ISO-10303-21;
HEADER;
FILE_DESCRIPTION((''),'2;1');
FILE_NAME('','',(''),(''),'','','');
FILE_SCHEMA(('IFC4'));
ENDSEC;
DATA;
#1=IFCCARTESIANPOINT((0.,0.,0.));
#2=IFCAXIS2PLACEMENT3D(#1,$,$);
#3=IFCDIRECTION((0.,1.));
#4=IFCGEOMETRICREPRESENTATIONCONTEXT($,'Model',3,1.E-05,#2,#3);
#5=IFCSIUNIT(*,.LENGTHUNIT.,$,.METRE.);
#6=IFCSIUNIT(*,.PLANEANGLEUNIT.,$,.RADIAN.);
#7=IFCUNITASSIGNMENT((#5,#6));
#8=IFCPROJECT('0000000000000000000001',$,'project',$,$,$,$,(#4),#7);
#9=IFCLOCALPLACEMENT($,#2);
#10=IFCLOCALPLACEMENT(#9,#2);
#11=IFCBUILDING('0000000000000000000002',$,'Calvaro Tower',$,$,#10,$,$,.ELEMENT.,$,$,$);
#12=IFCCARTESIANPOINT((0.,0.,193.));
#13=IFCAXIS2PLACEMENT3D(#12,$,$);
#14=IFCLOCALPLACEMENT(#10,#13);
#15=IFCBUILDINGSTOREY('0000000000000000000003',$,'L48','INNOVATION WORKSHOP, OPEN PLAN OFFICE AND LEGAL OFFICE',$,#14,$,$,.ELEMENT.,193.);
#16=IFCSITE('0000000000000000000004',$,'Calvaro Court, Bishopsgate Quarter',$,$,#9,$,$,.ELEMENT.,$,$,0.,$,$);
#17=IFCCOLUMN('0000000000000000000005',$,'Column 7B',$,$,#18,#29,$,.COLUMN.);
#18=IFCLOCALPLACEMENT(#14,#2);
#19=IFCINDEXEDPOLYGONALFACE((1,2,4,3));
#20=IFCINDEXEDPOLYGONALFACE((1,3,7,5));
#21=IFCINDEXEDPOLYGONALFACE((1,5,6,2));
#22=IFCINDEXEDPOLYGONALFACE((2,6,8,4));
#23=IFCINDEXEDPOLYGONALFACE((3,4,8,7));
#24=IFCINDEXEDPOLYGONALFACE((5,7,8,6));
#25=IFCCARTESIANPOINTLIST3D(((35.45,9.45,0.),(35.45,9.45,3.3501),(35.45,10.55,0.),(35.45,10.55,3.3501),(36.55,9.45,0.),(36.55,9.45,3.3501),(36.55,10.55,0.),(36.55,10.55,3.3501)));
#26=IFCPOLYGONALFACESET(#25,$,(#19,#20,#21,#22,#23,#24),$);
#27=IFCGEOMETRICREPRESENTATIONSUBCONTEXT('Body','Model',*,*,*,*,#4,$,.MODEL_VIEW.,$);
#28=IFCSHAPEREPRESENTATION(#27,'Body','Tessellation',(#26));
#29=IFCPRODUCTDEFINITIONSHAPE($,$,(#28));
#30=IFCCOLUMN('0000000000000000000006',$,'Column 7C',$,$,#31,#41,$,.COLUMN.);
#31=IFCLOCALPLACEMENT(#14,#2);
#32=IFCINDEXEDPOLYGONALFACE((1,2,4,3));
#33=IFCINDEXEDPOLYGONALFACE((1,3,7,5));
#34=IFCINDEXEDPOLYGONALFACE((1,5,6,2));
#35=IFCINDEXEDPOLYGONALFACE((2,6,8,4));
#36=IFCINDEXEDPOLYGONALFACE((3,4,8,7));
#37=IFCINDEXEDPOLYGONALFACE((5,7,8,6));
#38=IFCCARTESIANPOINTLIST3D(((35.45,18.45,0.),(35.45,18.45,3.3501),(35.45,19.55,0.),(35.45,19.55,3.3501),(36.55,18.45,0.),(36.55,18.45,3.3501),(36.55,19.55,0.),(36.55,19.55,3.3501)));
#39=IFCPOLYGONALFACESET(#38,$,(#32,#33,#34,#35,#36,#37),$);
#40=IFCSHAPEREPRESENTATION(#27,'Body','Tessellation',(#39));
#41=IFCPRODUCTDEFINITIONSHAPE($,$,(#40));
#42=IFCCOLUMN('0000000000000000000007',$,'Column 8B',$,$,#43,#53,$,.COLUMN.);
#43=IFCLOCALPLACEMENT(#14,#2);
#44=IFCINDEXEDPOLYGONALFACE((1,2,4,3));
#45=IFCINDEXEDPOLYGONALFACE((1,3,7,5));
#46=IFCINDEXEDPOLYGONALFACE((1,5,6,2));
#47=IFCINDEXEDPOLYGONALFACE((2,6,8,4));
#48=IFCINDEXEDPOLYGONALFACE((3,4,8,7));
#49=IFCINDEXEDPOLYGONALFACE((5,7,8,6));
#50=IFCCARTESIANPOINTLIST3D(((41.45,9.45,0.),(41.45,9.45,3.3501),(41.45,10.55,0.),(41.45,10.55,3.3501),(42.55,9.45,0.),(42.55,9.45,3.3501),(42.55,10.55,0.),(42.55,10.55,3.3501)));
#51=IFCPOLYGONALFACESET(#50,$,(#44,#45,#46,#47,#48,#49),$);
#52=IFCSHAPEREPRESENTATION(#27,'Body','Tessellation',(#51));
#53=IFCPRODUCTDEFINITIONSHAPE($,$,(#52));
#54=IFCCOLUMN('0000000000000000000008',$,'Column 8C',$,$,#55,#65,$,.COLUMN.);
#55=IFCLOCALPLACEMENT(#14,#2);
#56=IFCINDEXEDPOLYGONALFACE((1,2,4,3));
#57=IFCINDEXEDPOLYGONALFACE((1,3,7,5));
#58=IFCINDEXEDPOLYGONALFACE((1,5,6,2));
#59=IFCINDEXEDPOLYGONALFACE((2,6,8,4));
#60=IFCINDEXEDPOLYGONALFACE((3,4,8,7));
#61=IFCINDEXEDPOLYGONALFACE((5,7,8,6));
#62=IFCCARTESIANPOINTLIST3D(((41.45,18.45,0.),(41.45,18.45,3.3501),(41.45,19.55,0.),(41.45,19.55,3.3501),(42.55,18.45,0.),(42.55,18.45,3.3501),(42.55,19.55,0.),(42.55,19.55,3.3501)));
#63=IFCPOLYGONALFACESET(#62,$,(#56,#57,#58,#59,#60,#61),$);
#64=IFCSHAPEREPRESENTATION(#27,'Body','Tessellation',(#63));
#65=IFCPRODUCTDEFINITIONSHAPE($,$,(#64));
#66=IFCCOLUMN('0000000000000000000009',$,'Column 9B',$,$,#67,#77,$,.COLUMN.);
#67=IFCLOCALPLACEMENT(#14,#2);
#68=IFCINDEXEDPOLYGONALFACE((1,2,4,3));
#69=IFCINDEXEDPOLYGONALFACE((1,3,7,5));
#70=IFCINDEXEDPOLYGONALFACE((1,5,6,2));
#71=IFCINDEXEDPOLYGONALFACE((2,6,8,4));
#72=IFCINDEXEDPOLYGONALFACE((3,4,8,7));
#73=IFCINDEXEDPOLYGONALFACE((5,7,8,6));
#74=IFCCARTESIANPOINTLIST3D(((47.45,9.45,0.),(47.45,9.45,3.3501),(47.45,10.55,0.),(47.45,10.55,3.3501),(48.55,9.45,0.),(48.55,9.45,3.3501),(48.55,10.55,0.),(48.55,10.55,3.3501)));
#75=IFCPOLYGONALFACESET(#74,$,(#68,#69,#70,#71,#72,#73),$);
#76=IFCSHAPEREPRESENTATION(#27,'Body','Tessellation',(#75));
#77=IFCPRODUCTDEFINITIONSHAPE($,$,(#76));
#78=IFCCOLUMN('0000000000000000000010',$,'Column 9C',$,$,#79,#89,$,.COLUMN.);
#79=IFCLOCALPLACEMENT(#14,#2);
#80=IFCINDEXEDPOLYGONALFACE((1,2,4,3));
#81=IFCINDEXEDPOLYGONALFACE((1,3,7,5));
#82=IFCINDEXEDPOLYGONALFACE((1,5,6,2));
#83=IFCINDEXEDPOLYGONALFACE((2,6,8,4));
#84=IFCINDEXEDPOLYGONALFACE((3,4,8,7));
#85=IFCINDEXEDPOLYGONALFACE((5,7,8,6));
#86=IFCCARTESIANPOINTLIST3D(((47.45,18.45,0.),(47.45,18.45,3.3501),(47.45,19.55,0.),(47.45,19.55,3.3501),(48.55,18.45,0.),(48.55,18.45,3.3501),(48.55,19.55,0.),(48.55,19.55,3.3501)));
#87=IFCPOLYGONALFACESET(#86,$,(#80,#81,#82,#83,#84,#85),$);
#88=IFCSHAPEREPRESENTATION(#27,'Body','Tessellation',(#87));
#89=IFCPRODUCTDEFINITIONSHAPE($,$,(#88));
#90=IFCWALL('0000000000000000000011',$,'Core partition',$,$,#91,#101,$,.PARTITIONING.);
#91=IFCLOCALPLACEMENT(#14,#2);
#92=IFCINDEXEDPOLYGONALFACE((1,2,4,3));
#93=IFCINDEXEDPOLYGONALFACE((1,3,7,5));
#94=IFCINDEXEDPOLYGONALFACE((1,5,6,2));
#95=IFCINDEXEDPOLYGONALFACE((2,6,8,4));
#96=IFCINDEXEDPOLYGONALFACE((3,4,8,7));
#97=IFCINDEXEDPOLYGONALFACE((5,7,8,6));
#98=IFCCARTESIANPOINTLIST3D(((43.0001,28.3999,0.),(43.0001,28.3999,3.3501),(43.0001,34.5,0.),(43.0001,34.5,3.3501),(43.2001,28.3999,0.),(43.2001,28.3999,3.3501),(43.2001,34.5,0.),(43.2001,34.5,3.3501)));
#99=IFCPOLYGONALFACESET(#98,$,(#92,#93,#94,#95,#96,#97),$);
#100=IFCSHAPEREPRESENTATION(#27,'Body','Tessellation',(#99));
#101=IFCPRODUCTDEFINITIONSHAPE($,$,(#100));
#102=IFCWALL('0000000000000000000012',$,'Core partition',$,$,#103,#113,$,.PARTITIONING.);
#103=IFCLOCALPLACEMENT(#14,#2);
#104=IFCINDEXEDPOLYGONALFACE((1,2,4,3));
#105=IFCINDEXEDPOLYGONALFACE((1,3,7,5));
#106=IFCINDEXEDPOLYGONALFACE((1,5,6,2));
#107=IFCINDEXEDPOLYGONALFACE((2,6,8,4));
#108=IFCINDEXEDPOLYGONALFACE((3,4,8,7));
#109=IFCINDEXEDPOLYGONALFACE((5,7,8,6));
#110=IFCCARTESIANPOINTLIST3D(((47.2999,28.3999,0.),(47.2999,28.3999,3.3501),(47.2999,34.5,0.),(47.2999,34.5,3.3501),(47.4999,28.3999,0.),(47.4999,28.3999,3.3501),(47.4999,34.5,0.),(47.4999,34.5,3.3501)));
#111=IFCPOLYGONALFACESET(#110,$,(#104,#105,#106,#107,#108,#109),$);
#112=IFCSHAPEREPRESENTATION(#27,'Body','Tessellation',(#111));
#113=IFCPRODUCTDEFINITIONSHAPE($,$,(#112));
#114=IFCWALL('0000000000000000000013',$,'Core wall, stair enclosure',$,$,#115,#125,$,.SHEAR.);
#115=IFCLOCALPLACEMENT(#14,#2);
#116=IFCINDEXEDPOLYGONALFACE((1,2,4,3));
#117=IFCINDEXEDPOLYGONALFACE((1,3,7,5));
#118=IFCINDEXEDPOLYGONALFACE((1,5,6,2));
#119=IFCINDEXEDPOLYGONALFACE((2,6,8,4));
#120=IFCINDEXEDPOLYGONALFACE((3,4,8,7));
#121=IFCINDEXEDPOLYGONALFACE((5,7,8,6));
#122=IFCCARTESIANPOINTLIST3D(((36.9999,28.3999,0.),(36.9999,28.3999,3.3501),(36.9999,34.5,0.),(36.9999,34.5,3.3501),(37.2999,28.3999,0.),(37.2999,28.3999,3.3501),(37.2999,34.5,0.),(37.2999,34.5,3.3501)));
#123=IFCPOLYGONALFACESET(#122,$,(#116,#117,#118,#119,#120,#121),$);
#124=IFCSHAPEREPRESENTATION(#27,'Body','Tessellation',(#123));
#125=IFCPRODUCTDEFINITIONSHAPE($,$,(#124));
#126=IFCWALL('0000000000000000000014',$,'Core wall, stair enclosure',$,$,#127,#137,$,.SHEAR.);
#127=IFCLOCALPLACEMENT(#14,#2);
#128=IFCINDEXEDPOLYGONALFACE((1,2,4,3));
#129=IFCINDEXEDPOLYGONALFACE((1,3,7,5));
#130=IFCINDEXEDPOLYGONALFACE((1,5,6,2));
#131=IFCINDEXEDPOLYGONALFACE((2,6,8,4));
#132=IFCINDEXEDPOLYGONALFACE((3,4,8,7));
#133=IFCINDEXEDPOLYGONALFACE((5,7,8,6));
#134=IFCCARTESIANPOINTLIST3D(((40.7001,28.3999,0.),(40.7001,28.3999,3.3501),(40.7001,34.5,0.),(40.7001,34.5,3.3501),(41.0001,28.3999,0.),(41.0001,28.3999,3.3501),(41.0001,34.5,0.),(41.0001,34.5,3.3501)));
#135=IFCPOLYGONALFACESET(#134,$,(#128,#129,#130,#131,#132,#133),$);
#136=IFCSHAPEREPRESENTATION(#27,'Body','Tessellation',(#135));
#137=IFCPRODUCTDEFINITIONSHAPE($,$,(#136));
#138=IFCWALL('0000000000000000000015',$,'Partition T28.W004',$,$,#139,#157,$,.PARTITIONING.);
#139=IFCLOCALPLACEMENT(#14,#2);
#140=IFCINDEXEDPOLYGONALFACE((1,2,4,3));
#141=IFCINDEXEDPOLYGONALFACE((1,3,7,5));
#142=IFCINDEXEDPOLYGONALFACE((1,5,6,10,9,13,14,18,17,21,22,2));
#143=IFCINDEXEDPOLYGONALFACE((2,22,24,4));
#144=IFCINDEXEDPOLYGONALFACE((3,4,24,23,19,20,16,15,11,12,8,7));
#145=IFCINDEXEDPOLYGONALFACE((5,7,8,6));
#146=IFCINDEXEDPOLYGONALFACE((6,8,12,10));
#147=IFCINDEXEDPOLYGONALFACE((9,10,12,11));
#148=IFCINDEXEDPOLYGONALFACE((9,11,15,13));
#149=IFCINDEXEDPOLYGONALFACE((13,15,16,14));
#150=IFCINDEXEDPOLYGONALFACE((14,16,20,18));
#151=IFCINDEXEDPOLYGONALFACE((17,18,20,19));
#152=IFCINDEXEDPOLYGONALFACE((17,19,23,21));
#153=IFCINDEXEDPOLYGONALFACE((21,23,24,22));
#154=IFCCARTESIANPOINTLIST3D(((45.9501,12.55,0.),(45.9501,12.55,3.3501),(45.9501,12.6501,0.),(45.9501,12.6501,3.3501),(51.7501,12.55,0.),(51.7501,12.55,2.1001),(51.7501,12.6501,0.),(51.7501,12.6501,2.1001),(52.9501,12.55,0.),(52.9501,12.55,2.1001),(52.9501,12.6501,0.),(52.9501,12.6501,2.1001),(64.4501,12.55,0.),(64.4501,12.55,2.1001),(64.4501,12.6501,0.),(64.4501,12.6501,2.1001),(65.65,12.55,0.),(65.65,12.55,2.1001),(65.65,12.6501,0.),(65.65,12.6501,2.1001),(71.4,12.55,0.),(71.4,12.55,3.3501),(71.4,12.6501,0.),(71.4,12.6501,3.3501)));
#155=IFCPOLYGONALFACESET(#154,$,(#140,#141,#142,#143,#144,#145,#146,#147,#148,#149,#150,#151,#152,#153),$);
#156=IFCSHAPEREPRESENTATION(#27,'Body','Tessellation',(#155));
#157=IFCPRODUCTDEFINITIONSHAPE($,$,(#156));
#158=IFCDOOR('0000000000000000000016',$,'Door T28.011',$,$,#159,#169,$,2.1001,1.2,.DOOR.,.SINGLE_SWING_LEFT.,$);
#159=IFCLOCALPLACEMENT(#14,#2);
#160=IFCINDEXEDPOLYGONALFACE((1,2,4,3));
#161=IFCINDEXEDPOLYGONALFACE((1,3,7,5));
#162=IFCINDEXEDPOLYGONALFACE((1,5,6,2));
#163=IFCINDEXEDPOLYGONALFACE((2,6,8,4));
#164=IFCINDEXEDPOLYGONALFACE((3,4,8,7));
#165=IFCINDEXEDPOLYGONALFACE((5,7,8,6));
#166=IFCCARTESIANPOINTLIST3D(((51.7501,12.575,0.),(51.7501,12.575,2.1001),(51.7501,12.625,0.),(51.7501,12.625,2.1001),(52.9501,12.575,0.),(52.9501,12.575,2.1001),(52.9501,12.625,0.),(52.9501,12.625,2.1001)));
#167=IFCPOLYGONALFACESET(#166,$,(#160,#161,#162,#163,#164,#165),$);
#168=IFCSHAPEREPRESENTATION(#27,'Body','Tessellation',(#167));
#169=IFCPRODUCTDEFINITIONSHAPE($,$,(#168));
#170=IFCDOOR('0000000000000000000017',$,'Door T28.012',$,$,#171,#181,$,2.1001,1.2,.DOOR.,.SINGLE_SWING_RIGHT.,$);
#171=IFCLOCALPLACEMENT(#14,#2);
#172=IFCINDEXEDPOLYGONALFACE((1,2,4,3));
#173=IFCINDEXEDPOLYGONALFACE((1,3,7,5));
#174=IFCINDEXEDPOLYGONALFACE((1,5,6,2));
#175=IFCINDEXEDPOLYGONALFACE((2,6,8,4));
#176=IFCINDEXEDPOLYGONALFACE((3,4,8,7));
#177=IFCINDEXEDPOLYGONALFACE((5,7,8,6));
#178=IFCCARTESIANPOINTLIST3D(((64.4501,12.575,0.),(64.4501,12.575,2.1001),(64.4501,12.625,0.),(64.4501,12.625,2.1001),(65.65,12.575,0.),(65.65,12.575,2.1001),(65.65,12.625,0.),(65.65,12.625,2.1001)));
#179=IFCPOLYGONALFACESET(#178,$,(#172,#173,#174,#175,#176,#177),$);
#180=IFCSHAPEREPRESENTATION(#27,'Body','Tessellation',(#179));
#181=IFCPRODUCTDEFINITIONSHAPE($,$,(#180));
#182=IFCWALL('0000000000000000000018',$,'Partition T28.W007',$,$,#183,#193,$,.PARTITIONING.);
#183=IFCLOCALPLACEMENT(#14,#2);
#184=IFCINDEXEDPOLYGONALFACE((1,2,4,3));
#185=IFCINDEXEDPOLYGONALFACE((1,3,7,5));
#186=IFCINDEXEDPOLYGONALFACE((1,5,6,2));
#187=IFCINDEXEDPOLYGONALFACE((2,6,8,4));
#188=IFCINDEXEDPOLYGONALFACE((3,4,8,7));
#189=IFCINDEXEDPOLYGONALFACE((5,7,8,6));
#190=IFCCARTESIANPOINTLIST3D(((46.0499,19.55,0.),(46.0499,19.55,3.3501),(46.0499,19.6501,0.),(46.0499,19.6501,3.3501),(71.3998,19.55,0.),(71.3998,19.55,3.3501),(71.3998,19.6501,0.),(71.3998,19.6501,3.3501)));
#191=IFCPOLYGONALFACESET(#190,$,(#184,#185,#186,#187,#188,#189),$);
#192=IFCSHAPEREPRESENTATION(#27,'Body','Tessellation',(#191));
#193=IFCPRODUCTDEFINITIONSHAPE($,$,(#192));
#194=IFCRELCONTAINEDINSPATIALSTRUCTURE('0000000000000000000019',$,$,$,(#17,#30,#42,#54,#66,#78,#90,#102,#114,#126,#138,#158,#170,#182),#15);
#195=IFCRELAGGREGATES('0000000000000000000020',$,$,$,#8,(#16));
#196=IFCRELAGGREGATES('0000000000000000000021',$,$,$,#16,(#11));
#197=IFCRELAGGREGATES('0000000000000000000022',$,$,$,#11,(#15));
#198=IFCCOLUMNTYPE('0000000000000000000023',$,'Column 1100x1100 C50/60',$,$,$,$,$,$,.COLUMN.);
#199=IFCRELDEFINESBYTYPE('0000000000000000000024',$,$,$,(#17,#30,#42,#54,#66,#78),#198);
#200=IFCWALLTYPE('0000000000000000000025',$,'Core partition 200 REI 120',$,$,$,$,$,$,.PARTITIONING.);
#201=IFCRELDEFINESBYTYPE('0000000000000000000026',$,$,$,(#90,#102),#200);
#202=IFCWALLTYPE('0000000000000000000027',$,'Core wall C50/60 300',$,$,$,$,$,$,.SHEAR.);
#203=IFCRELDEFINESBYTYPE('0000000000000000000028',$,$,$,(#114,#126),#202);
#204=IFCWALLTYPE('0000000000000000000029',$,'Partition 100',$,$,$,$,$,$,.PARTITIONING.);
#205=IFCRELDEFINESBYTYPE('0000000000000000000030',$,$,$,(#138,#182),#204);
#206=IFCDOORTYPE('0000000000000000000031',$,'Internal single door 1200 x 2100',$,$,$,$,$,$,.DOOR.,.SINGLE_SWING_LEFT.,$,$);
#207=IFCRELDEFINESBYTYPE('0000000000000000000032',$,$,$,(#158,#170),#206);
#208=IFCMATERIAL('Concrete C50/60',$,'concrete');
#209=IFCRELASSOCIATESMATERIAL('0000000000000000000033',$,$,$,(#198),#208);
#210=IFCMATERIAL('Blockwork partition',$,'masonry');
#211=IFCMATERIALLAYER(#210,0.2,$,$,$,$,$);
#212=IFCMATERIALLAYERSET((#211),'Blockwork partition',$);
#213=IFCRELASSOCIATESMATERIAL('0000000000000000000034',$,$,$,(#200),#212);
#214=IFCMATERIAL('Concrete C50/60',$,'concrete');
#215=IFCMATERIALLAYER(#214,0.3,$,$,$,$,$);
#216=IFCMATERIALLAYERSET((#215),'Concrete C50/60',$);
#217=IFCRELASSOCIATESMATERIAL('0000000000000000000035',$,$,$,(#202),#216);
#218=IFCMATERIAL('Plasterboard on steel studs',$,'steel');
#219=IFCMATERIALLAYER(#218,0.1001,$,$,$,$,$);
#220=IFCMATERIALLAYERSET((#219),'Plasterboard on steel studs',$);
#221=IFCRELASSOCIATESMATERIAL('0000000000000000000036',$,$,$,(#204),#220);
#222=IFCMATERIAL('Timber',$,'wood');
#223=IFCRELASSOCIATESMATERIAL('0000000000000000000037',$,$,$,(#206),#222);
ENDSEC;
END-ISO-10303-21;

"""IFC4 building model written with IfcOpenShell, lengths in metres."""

from ifc_helpers import new_model, si_unit, direction, frame, frame_2d, origin, origin_2d, place, context, subcontext, project, spatial, rectangle, extrude, material, layer, layer_set, material_profile, profile_set, type_object, element, fill, save


model = new_model("IFC4")

# Units and contexts
model_context = context("Model", 3, precision=1e-05, world=origin(), true_north=direction((0.0, 1.0)))
body_context = subcontext(model_context, "Body", "Model", "MODEL_VIEW")
ifc_project = project(units=[si_unit("LENGTHUNIT", "METRE"), si_unit("PLANEANGLEUNIT", "RADIAN")], contexts=[model_context])

# Site, building, storey
site_placement = place(None, origin())
site = spatial("IfcSite", under=ifc_project, at=site_placement, Name="Calvaro Court, Bishopsgate Quarter", CompositionType="ELEMENT", RefElevation=0.0)
building_placement = place(site_placement, origin())
building = spatial("IfcBuilding", under=site, at=building_placement, Name="Calvaro Tower", CompositionType="ELEMENT")
storey_placement = place(building_placement, frame((0.0, 0.0, 193.0)))
storey = spatial("IfcBuildingStorey", under=building, at=storey_placement, Name="L48", Description="INNOVATION WORKSHOP, OPEN PLAN OFFICE AND LEGAL OFFICE", CompositionType="ELEMENT", Elevation=193.0)

# Columns
ifc_material_1 = material(Name="Concrete C50/60", Category="concrete")
ifc_material_profile = material_profile(ifc_material_1, rectangle(XDim=1.1001, YDim=1.1001, at=origin_2d()), Name="RC 1100x1100")
ifc_profile_set = profile_set([ifc_material_profile], Name="Concrete C50/60")
column_type = type_object("IfcColumnType", Name="Column 1100x1100 C50/60", PredefinedType="COLUMN", material=ifc_profile_set)
for number, where, z_axis, x_axis, name in (
    (1, (36.0, 10.0, 0.0), (0.0, 0.0, 1.0), (1.0, 0.0, 0.0), "Column 7B"),
    (2, (36.0, 19.0, 0.0), (0.0, 0.0, 1.0), (1.0, 0.0, 0.0), "Column 7C"),
    (3, (42.0, 10.0, 0.0), (0.0, 0.0, 1.0), (1.0, 0.0, 0.0), "Column 8B"),
    (4, (42.0, 19.0, 0.0), (0.0, 0.0, 1.0), (1.0, 0.0, 0.0), "Column 8C"),
    (5, (48.0, 10.0, 0.0), (0.0, 0.0, 1.0), (1.0, 0.0, 0.0), "Column 9B"),
    (6, (48.0, 19.0, 0.0), (0.0, 0.0, 1.0), (1.0, 0.0, 0.0), "Column 9C"),
):
    element("IfcColumn", number, at=place(storey_placement, frame(where, z_axis=z_axis, x_axis=x_axis)), inside=storey, type_object=column_type, Name=name, PredefinedType="COLUMN", context=body_context, shape_type="SweptSolid", body=[
        extrude(rectangle(XDim=1.1001, YDim=1.1001, at=origin_2d()), origin(), (0.0, 0.0, 1.0), 3.3501),
    ])

# Walls
ifc_material_2 = material(Name="Blockwork partition", Category="masonry")
ifc_layer_1 = layer(ifc_material_2, 0.2)
ifc_layer_set_1 = layer_set([ifc_layer_1], Name="Blockwork partition")
wall_type_1 = type_object("IfcWallType", Name="Core partition 200 REI 120", PredefinedType="PARTITIONING", material=ifc_layer_set_1)
for number, where, z_axis, x_axis, name in (
    (7, (43.1001, 28.3999, 0.0), (0.0, 0.0, 1.0), (0.0, 1.0, 0.0), "Core partition"),
    (8, (47.3999, 28.3999, 0.0), (0.0, 0.0, 1.0), (0.0, 1.0, 0.0), "Core partition"),
):
    element("IfcWall", number, at=place(storey_placement, frame(where, z_axis=z_axis, x_axis=x_axis)), inside=storey, type_object=wall_type_1, Name=name, PredefinedType="PARTITIONING", context=body_context, shape_type="SweptSolid", body=[
        extrude(rectangle(XDim=6.1001, YDim=0.2, at=frame_2d((3.05, 0.0))), origin(), (0.0, 0.0, 1.0), 3.3501),
    ])
ifc_material_3 = material(Name="Concrete C50/60", Category="concrete")
ifc_layer_2 = layer(ifc_material_3, 0.3)
ifc_layer_set_2 = layer_set([ifc_layer_2], Name="Concrete C50/60")
wall_type_2 = type_object("IfcWallType", Name="Core wall C50/60 300", PredefinedType="SHEAR", material=ifc_layer_set_2)
for number, where, z_axis, x_axis, name in (
    (9, (37.1499, 28.3999, 0.0), (0.0, 0.0, 1.0), (0.0, 1.0, 0.0), "Core wall, stair enclosure"),
    (10, (40.8501, 28.3999, 0.0), (0.0, 0.0, 1.0), (0.0, 1.0, 0.0), "Core wall, stair enclosure"),
):
    element("IfcWall", number, at=place(storey_placement, frame(where, z_axis=z_axis, x_axis=x_axis)), inside=storey, type_object=wall_type_2, Name=name, PredefinedType="SHEAR", context=body_context, shape_type="SweptSolid", body=[
        extrude(rectangle(XDim=6.1001, YDim=0.3, at=frame_2d((3.05, 0.0))), origin(), (0.0, 0.0, 1.0), 3.3501),
    ])

# Wall, openings, doors
ifc_material_4 = material(Name="Plasterboard on steel studs", Category="steel")
ifc_layer_3 = layer(ifc_material_4, 0.1001)
ifc_layer_set_3 = layer_set([ifc_layer_3], Name="Plasterboard on steel studs")
wall_type_3 = type_object("IfcWallType", Name="Partition 100", PredefinedType="PARTITIONING", material=ifc_layer_set_3)
wall_1_placement = place(storey_placement, frame((45.95, 12.6001, 0.0), z_axis=(0.0, 0.0, 1.0), x_axis=(1.0, 0.0, 0.0)))
wall_1 = element("IfcWall", 11, at=wall_1_placement, inside=storey, type_object=wall_type_3, Name="Partition T28.W004", PredefinedType="PARTITIONING", context=body_context, shape_type="SweptSolid", body=[
    extrude(rectangle(XDim=25.45, YDim=0.1001, at=frame_2d((12.7251, 0.0))), origin(), (0.0, 0.0, 1.0), 3.3501),
])
opening_1_placement = place(wall_1_placement, frame((5.8, 0.0, 0.0)))
opening_1 = element("IfcOpeningElement", 12, at=opening_1_placement, cuts=wall_1, PredefinedType="OPENING", context=body_context, shape_type="SweptSolid", body=[
    extrude(rectangle(XDim=1.2, YDim=2.1001, at=frame_2d((0.6001, 1.05))), frame((0.0, 0.0601, 0.0), z_axis=(0.0, -1.0, 0.0), x_axis=(1.0, 0.0, 0.0)), (0.0, 0.0, 1.0), 0.1201),
])
opening_2_placement = place(wall_1_placement, frame((18.5, 0.0, 0.0)))
opening_2 = element("IfcOpeningElement", 13, at=opening_2_placement, cuts=wall_1, PredefinedType="OPENING", context=body_context, shape_type="SweptSolid", body=[
    extrude(rectangle(XDim=1.2, YDim=2.1001, at=frame_2d((0.6001, 1.05))), frame((0.0, 0.0601, 0.0), z_axis=(0.0, -1.0, 0.0), x_axis=(1.0, 0.0, 0.0)), (0.0, 0.0, 1.0), 0.1201),
])
ifc_material_5 = material(Name="Timber", Category="wood")
door_type = type_object("IfcDoorType", Name="Internal single door 1200 x 2100", OperationType="SINGLE_SWING_LEFT", PredefinedType="DOOR", material=ifc_material_5)
door_1_placement = place(opening_1_placement, origin())
door_1 = element("IfcDoor", 14, at=door_1_placement, inside=storey, type_object=door_type, Name="Door T28.011", OperationType="SINGLE_SWING_LEFT", OverallHeight=2.1001, OverallWidth=1.2, PredefinedType="DOOR", context=body_context, shape_type="SweptSolid", body=[
    extrude(rectangle(XDim=1.2, YDim=2.1001, at=frame_2d((0.6001, 1.05))), frame((0.0, 0.0249, 0.0), z_axis=(0.0, -1.0, 0.0), x_axis=(1.0, 0.0, 0.0)), (0.0, 0.0, 1.0), 0.05),
])
fill(opening_1, door_1)
door_2_placement = place(opening_2_placement, origin())
door_2 = element("IfcDoor", 15, at=door_2_placement, inside=storey, type_object=door_type, Name="Door T28.012", OperationType="SINGLE_SWING_RIGHT", OverallHeight=2.1001, OverallWidth=1.2, PredefinedType="DOOR", context=body_context, shape_type="SweptSolid", body=[
    extrude(rectangle(XDim=1.2, YDim=2.1001, at=frame_2d((0.6001, 1.05))), frame((0.0, 0.0249, 0.0), z_axis=(0.0, -1.0, 0.0), x_axis=(1.0, 0.0, 0.0)), (0.0, 0.0, 1.0), 0.05),
])
fill(opening_2, door_2)

# Wall
wall_2_placement = place(storey_placement, frame((46.05, 19.6001, 0.0), z_axis=(0.0, 0.0, 1.0), x_axis=(1.0, 0.0, 0.0)))
element("IfcWall", 16, at=wall_2_placement, inside=storey, type_object=wall_type_3, Name="Partition T28.W007", PredefinedType="PARTITIONING", context=body_context, shape_type="SweptSolid", body=[
    extrude(rectangle(XDim=25.3499, YDim=0.1001, at=frame_2d((12.6748, 0.0))), origin(), (0.0, 0.0, 1.0), 3.3501),
])

save(model, "model.ifc")
